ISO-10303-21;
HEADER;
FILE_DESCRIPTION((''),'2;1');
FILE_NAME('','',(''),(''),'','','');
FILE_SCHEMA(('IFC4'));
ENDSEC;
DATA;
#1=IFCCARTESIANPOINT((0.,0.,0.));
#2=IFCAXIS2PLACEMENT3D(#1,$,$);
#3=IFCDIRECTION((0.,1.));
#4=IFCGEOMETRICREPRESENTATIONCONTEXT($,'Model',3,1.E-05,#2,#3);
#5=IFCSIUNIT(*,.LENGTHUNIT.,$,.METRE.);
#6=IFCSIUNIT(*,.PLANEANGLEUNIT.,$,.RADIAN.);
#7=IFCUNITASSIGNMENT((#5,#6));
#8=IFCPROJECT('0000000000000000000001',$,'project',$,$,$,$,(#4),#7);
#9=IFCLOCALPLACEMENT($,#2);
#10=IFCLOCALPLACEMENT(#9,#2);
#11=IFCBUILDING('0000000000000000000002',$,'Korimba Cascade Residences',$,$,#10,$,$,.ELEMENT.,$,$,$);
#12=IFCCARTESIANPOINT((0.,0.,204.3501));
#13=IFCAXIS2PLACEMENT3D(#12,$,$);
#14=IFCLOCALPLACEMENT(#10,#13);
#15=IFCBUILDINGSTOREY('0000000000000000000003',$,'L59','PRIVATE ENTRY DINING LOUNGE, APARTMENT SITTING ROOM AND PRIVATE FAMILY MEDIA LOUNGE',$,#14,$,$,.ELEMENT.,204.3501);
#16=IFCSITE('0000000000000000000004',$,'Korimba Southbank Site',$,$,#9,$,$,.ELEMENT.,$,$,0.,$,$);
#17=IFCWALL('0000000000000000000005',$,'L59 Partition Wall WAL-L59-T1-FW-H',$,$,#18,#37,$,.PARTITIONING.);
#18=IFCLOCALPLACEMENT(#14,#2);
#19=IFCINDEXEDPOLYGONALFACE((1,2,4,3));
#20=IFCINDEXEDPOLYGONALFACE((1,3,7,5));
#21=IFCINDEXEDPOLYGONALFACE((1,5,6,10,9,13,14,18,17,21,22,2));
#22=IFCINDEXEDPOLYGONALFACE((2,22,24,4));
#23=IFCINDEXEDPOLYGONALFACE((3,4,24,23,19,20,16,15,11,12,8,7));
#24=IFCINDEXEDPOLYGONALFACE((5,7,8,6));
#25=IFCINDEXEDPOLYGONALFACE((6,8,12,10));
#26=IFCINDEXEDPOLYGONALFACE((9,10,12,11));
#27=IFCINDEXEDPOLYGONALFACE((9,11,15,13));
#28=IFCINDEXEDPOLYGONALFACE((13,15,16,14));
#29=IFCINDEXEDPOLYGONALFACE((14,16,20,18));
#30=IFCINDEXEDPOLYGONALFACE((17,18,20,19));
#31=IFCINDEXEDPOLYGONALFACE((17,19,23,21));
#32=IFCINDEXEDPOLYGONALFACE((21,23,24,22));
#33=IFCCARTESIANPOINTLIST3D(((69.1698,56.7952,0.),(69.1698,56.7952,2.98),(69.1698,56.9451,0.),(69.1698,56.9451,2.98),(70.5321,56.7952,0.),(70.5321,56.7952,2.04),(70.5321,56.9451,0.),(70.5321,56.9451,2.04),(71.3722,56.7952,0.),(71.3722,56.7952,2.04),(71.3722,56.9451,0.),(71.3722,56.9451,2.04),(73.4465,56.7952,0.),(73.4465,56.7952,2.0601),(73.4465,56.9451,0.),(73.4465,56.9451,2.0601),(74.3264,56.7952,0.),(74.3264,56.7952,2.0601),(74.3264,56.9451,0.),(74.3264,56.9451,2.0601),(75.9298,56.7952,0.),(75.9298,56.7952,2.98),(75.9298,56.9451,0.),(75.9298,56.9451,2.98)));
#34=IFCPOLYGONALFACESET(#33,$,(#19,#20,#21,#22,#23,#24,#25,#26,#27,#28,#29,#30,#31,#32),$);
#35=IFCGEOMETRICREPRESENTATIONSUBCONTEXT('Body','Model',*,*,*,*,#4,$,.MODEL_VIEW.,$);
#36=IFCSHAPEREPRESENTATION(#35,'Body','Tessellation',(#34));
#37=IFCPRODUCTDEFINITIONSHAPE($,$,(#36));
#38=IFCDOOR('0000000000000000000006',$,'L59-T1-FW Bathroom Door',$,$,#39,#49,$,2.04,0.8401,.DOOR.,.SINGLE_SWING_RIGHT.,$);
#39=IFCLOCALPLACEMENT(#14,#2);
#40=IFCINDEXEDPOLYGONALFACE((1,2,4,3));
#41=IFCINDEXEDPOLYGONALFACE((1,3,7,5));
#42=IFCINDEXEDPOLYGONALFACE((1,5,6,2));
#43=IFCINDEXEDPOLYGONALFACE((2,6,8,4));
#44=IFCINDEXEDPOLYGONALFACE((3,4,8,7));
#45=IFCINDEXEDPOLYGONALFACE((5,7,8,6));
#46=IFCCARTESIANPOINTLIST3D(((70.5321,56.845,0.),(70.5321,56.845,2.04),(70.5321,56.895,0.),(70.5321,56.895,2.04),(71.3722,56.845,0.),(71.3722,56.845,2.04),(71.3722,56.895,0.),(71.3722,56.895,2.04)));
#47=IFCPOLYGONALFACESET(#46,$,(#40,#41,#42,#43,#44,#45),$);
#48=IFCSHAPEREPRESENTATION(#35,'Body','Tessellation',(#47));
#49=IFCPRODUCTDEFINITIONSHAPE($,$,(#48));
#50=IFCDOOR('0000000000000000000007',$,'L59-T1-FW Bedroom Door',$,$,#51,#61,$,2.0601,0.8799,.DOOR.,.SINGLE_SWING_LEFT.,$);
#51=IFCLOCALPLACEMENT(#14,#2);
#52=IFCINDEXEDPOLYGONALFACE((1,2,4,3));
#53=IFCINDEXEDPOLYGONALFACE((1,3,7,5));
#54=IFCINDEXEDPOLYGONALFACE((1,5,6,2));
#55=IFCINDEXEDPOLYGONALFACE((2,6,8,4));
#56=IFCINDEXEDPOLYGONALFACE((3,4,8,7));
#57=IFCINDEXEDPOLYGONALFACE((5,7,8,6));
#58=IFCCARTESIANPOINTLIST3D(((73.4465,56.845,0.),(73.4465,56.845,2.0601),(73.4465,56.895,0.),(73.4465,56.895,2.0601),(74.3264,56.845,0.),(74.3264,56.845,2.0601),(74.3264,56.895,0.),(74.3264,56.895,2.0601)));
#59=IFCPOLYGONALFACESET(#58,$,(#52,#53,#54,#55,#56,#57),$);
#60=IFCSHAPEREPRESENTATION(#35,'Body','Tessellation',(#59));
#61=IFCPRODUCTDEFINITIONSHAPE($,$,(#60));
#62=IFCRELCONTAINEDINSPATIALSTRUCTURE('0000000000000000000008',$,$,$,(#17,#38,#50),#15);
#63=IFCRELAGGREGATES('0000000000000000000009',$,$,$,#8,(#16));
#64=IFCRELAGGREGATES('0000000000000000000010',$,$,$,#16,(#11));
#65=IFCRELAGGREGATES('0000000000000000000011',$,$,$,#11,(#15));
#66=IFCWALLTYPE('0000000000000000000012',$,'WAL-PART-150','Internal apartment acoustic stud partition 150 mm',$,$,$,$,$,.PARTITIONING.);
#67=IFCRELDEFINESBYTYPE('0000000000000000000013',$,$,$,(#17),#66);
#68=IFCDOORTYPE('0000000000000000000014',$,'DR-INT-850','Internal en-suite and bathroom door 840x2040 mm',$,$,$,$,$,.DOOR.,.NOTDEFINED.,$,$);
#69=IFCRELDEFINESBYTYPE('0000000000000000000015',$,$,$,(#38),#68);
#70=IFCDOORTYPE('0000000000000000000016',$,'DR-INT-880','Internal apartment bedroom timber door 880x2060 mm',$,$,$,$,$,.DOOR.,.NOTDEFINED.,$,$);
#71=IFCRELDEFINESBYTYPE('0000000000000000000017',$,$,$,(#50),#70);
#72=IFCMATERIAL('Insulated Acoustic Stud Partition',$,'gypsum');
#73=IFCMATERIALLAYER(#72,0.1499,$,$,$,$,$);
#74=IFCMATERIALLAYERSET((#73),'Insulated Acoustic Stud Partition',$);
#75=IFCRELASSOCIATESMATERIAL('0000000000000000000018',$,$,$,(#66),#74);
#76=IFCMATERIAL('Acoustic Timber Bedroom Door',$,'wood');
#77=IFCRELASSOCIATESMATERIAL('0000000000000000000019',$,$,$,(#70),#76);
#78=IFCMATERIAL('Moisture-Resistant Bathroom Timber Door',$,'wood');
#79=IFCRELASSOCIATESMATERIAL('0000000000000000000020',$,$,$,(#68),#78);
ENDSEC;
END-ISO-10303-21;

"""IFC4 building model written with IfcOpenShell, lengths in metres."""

from ifc_helpers import new_model, si_unit, direction, frame, frame_2d, origin, place, context, subcontext, project, spatial, rectangle, extrude, material, layer, layer_set, type_object, element, fill, save


model = new_model("IFC4")

# Units and contexts
model_context = context("Model", 3, precision=1e-05, world=origin(), true_north=direction((0.0, 1.0)))
body_context = subcontext(model_context, "Body", "Model", "MODEL_VIEW")
ifc_project = project(units=[si_unit("LENGTHUNIT", "METRE"), si_unit("PLANEANGLEUNIT", "RADIAN")], contexts=[model_context])

# Site, building, storey
site_placement = place(None, origin())
site = spatial("IfcSite", under=ifc_project, at=site_placement, Name="Korimba Southbank Site", CompositionType="ELEMENT", RefElevation=0.0)
building_placement = place(site_placement, origin())
building = spatial("IfcBuilding", under=site, at=building_placement, Name="Korimba Cascade Residences", CompositionType="ELEMENT")
storey_placement = place(building_placement, frame((0.0, 0.0, 204.3501)))
storey = spatial("IfcBuildingStorey", under=building, at=storey_placement, Name="L59", Description="PRIVATE ENTRY DINING LOUNGE, APARTMENT SITTING ROOM AND PRIVATE FAMILY MEDIA LOUNGE", CompositionType="ELEMENT", Elevation=204.3501)

# Shared definitions
ifc_material_1 = material(Name="Insulated Acoustic Stud Partition", Category="gypsum")
ifc_layer_1 = layer(ifc_material_1, 0.1499)
ifc_layer_set_1 = layer_set([ifc_layer_1], Name="Insulated Acoustic Stud Partition")
wall_type_1 = type_object("IfcWallType", Name="WAL-PART-150", Description="Internal apartment acoustic stud partition 150 mm", PredefinedType="PARTITIONING", material=ifc_layer_set_1)
ifc_material_2 = material(Name="Acoustic Timber Bedroom Door", Category="wood")
door_type_1 = type_object("IfcDoorType", Name="DR-INT-880", Description="Internal apartment bedroom timber door 880x2060 mm", OperationType="NOTDEFINED", PredefinedType="DOOR", material=ifc_material_2)

# Wall, openings, doors
wall_1_placement = place(storey_placement, frame((69.1699, 56.8701, 0.0), z_axis=(0.0, 0.0, 1.0), x_axis=(1.0, 0.0, 0.0)))
wall_1 = element("IfcWall", 1, at=wall_1_placement, inside=storey, type_object=wall_type_1, Name="L59 Partition Wall WAL-L59-T1-FW-H", PredefinedType="PARTITIONING", context=body_context, shape_type="SweptSolid", body=[
    extrude(rectangle(XDim=6.76, YDim=0.1499, at=frame_2d((3.3799, 0.0))), origin(), (0.0, 0.0, 1.0), 2.98),
])
opening_1_placement = place(wall_1_placement, frame((1.3623, 0.0, 0.0)))
opening_1 = element("IfcOpeningElement", 2, at=opening_1_placement, cuts=wall_1, PredefinedType="OPENING", context=body_context, shape_type="SweptSolid", body=[
    extrude(rectangle(XDim=0.8401, YDim=2.04, at=frame_2d((0.4199, 1.02))), frame((0.0, 0.085, 0.0), z_axis=(0.0, -1.0, 0.0), x_axis=(1.0, 0.0, 0.0)), (0.0, 0.0, 1.0), 0.1699),
])
opening_2_placement = place(wall_1_placement, frame((4.2766, 0.0, 0.0)))
opening_2 = element("IfcOpeningElement", 3, at=opening_2_placement, cuts=wall_1, PredefinedType="OPENING", context=body_context, shape_type="SweptSolid", body=[
    extrude(rectangle(XDim=0.8799, YDim=2.0601, at=frame_2d((0.4399, 1.03))), frame((0.0, 0.085, 0.0), z_axis=(0.0, -1.0, 0.0), x_axis=(1.0, 0.0, 0.0)), (0.0, 0.0, 1.0), 0.1699),
])
ifc_material_3 = material(Name="Moisture-Resistant Bathroom Timber Door", Category="wood")
door_type_2 = type_object("IfcDoorType", Name="DR-INT-850", Description="Internal en-suite and bathroom door 840x2040 mm", OperationType="NOTDEFINED", PredefinedType="DOOR", material=ifc_material_3)
door_1_placement = place(opening_1_placement, origin())
door_1 = element("IfcDoor", 4, at=door_1_placement, inside=storey, type_object=door_type_2, Name="L59-T1-FW Bathroom Door", OperationType="SINGLE_SWING_RIGHT", OverallHeight=2.04, OverallWidth=0.8401, PredefinedType="DOOR", context=body_context, shape_type="SweptSolid", body=[
    extrude(rectangle(XDim=0.8401, YDim=2.04, at=frame_2d((0.4199, 1.02))), frame((0.0, 0.0249, 0.0), z_axis=(0.0, -1.0, 0.0), x_axis=(1.0, 0.0, 0.0)), (0.0, 0.0, 1.0), 0.05),
])
fill(opening_1, door_1)
door_2_placement = place(opening_2_placement, origin())
door_2 = element("IfcDoor", 5, at=door_2_placement, inside=storey, type_object=door_type_1, Name="L59-T1-FW Bedroom Door", OperationType="SINGLE_SWING_LEFT", OverallHeight=2.0601, OverallWidth=0.8799, PredefinedType="DOOR", context=body_context, shape_type="SweptSolid", body=[
    extrude(rectangle(XDim=0.8799, YDim=2.0601, at=frame_2d((0.4399, 1.03))), frame((0.0, 0.0249, 0.0), z_axis=(0.0, -1.0, 0.0), x_axis=(1.0, 0.0, 0.0)), (0.0, 0.0, 1.0), 0.05),
])
fill(opening_2, door_2)

save(model, "model.ifc")
